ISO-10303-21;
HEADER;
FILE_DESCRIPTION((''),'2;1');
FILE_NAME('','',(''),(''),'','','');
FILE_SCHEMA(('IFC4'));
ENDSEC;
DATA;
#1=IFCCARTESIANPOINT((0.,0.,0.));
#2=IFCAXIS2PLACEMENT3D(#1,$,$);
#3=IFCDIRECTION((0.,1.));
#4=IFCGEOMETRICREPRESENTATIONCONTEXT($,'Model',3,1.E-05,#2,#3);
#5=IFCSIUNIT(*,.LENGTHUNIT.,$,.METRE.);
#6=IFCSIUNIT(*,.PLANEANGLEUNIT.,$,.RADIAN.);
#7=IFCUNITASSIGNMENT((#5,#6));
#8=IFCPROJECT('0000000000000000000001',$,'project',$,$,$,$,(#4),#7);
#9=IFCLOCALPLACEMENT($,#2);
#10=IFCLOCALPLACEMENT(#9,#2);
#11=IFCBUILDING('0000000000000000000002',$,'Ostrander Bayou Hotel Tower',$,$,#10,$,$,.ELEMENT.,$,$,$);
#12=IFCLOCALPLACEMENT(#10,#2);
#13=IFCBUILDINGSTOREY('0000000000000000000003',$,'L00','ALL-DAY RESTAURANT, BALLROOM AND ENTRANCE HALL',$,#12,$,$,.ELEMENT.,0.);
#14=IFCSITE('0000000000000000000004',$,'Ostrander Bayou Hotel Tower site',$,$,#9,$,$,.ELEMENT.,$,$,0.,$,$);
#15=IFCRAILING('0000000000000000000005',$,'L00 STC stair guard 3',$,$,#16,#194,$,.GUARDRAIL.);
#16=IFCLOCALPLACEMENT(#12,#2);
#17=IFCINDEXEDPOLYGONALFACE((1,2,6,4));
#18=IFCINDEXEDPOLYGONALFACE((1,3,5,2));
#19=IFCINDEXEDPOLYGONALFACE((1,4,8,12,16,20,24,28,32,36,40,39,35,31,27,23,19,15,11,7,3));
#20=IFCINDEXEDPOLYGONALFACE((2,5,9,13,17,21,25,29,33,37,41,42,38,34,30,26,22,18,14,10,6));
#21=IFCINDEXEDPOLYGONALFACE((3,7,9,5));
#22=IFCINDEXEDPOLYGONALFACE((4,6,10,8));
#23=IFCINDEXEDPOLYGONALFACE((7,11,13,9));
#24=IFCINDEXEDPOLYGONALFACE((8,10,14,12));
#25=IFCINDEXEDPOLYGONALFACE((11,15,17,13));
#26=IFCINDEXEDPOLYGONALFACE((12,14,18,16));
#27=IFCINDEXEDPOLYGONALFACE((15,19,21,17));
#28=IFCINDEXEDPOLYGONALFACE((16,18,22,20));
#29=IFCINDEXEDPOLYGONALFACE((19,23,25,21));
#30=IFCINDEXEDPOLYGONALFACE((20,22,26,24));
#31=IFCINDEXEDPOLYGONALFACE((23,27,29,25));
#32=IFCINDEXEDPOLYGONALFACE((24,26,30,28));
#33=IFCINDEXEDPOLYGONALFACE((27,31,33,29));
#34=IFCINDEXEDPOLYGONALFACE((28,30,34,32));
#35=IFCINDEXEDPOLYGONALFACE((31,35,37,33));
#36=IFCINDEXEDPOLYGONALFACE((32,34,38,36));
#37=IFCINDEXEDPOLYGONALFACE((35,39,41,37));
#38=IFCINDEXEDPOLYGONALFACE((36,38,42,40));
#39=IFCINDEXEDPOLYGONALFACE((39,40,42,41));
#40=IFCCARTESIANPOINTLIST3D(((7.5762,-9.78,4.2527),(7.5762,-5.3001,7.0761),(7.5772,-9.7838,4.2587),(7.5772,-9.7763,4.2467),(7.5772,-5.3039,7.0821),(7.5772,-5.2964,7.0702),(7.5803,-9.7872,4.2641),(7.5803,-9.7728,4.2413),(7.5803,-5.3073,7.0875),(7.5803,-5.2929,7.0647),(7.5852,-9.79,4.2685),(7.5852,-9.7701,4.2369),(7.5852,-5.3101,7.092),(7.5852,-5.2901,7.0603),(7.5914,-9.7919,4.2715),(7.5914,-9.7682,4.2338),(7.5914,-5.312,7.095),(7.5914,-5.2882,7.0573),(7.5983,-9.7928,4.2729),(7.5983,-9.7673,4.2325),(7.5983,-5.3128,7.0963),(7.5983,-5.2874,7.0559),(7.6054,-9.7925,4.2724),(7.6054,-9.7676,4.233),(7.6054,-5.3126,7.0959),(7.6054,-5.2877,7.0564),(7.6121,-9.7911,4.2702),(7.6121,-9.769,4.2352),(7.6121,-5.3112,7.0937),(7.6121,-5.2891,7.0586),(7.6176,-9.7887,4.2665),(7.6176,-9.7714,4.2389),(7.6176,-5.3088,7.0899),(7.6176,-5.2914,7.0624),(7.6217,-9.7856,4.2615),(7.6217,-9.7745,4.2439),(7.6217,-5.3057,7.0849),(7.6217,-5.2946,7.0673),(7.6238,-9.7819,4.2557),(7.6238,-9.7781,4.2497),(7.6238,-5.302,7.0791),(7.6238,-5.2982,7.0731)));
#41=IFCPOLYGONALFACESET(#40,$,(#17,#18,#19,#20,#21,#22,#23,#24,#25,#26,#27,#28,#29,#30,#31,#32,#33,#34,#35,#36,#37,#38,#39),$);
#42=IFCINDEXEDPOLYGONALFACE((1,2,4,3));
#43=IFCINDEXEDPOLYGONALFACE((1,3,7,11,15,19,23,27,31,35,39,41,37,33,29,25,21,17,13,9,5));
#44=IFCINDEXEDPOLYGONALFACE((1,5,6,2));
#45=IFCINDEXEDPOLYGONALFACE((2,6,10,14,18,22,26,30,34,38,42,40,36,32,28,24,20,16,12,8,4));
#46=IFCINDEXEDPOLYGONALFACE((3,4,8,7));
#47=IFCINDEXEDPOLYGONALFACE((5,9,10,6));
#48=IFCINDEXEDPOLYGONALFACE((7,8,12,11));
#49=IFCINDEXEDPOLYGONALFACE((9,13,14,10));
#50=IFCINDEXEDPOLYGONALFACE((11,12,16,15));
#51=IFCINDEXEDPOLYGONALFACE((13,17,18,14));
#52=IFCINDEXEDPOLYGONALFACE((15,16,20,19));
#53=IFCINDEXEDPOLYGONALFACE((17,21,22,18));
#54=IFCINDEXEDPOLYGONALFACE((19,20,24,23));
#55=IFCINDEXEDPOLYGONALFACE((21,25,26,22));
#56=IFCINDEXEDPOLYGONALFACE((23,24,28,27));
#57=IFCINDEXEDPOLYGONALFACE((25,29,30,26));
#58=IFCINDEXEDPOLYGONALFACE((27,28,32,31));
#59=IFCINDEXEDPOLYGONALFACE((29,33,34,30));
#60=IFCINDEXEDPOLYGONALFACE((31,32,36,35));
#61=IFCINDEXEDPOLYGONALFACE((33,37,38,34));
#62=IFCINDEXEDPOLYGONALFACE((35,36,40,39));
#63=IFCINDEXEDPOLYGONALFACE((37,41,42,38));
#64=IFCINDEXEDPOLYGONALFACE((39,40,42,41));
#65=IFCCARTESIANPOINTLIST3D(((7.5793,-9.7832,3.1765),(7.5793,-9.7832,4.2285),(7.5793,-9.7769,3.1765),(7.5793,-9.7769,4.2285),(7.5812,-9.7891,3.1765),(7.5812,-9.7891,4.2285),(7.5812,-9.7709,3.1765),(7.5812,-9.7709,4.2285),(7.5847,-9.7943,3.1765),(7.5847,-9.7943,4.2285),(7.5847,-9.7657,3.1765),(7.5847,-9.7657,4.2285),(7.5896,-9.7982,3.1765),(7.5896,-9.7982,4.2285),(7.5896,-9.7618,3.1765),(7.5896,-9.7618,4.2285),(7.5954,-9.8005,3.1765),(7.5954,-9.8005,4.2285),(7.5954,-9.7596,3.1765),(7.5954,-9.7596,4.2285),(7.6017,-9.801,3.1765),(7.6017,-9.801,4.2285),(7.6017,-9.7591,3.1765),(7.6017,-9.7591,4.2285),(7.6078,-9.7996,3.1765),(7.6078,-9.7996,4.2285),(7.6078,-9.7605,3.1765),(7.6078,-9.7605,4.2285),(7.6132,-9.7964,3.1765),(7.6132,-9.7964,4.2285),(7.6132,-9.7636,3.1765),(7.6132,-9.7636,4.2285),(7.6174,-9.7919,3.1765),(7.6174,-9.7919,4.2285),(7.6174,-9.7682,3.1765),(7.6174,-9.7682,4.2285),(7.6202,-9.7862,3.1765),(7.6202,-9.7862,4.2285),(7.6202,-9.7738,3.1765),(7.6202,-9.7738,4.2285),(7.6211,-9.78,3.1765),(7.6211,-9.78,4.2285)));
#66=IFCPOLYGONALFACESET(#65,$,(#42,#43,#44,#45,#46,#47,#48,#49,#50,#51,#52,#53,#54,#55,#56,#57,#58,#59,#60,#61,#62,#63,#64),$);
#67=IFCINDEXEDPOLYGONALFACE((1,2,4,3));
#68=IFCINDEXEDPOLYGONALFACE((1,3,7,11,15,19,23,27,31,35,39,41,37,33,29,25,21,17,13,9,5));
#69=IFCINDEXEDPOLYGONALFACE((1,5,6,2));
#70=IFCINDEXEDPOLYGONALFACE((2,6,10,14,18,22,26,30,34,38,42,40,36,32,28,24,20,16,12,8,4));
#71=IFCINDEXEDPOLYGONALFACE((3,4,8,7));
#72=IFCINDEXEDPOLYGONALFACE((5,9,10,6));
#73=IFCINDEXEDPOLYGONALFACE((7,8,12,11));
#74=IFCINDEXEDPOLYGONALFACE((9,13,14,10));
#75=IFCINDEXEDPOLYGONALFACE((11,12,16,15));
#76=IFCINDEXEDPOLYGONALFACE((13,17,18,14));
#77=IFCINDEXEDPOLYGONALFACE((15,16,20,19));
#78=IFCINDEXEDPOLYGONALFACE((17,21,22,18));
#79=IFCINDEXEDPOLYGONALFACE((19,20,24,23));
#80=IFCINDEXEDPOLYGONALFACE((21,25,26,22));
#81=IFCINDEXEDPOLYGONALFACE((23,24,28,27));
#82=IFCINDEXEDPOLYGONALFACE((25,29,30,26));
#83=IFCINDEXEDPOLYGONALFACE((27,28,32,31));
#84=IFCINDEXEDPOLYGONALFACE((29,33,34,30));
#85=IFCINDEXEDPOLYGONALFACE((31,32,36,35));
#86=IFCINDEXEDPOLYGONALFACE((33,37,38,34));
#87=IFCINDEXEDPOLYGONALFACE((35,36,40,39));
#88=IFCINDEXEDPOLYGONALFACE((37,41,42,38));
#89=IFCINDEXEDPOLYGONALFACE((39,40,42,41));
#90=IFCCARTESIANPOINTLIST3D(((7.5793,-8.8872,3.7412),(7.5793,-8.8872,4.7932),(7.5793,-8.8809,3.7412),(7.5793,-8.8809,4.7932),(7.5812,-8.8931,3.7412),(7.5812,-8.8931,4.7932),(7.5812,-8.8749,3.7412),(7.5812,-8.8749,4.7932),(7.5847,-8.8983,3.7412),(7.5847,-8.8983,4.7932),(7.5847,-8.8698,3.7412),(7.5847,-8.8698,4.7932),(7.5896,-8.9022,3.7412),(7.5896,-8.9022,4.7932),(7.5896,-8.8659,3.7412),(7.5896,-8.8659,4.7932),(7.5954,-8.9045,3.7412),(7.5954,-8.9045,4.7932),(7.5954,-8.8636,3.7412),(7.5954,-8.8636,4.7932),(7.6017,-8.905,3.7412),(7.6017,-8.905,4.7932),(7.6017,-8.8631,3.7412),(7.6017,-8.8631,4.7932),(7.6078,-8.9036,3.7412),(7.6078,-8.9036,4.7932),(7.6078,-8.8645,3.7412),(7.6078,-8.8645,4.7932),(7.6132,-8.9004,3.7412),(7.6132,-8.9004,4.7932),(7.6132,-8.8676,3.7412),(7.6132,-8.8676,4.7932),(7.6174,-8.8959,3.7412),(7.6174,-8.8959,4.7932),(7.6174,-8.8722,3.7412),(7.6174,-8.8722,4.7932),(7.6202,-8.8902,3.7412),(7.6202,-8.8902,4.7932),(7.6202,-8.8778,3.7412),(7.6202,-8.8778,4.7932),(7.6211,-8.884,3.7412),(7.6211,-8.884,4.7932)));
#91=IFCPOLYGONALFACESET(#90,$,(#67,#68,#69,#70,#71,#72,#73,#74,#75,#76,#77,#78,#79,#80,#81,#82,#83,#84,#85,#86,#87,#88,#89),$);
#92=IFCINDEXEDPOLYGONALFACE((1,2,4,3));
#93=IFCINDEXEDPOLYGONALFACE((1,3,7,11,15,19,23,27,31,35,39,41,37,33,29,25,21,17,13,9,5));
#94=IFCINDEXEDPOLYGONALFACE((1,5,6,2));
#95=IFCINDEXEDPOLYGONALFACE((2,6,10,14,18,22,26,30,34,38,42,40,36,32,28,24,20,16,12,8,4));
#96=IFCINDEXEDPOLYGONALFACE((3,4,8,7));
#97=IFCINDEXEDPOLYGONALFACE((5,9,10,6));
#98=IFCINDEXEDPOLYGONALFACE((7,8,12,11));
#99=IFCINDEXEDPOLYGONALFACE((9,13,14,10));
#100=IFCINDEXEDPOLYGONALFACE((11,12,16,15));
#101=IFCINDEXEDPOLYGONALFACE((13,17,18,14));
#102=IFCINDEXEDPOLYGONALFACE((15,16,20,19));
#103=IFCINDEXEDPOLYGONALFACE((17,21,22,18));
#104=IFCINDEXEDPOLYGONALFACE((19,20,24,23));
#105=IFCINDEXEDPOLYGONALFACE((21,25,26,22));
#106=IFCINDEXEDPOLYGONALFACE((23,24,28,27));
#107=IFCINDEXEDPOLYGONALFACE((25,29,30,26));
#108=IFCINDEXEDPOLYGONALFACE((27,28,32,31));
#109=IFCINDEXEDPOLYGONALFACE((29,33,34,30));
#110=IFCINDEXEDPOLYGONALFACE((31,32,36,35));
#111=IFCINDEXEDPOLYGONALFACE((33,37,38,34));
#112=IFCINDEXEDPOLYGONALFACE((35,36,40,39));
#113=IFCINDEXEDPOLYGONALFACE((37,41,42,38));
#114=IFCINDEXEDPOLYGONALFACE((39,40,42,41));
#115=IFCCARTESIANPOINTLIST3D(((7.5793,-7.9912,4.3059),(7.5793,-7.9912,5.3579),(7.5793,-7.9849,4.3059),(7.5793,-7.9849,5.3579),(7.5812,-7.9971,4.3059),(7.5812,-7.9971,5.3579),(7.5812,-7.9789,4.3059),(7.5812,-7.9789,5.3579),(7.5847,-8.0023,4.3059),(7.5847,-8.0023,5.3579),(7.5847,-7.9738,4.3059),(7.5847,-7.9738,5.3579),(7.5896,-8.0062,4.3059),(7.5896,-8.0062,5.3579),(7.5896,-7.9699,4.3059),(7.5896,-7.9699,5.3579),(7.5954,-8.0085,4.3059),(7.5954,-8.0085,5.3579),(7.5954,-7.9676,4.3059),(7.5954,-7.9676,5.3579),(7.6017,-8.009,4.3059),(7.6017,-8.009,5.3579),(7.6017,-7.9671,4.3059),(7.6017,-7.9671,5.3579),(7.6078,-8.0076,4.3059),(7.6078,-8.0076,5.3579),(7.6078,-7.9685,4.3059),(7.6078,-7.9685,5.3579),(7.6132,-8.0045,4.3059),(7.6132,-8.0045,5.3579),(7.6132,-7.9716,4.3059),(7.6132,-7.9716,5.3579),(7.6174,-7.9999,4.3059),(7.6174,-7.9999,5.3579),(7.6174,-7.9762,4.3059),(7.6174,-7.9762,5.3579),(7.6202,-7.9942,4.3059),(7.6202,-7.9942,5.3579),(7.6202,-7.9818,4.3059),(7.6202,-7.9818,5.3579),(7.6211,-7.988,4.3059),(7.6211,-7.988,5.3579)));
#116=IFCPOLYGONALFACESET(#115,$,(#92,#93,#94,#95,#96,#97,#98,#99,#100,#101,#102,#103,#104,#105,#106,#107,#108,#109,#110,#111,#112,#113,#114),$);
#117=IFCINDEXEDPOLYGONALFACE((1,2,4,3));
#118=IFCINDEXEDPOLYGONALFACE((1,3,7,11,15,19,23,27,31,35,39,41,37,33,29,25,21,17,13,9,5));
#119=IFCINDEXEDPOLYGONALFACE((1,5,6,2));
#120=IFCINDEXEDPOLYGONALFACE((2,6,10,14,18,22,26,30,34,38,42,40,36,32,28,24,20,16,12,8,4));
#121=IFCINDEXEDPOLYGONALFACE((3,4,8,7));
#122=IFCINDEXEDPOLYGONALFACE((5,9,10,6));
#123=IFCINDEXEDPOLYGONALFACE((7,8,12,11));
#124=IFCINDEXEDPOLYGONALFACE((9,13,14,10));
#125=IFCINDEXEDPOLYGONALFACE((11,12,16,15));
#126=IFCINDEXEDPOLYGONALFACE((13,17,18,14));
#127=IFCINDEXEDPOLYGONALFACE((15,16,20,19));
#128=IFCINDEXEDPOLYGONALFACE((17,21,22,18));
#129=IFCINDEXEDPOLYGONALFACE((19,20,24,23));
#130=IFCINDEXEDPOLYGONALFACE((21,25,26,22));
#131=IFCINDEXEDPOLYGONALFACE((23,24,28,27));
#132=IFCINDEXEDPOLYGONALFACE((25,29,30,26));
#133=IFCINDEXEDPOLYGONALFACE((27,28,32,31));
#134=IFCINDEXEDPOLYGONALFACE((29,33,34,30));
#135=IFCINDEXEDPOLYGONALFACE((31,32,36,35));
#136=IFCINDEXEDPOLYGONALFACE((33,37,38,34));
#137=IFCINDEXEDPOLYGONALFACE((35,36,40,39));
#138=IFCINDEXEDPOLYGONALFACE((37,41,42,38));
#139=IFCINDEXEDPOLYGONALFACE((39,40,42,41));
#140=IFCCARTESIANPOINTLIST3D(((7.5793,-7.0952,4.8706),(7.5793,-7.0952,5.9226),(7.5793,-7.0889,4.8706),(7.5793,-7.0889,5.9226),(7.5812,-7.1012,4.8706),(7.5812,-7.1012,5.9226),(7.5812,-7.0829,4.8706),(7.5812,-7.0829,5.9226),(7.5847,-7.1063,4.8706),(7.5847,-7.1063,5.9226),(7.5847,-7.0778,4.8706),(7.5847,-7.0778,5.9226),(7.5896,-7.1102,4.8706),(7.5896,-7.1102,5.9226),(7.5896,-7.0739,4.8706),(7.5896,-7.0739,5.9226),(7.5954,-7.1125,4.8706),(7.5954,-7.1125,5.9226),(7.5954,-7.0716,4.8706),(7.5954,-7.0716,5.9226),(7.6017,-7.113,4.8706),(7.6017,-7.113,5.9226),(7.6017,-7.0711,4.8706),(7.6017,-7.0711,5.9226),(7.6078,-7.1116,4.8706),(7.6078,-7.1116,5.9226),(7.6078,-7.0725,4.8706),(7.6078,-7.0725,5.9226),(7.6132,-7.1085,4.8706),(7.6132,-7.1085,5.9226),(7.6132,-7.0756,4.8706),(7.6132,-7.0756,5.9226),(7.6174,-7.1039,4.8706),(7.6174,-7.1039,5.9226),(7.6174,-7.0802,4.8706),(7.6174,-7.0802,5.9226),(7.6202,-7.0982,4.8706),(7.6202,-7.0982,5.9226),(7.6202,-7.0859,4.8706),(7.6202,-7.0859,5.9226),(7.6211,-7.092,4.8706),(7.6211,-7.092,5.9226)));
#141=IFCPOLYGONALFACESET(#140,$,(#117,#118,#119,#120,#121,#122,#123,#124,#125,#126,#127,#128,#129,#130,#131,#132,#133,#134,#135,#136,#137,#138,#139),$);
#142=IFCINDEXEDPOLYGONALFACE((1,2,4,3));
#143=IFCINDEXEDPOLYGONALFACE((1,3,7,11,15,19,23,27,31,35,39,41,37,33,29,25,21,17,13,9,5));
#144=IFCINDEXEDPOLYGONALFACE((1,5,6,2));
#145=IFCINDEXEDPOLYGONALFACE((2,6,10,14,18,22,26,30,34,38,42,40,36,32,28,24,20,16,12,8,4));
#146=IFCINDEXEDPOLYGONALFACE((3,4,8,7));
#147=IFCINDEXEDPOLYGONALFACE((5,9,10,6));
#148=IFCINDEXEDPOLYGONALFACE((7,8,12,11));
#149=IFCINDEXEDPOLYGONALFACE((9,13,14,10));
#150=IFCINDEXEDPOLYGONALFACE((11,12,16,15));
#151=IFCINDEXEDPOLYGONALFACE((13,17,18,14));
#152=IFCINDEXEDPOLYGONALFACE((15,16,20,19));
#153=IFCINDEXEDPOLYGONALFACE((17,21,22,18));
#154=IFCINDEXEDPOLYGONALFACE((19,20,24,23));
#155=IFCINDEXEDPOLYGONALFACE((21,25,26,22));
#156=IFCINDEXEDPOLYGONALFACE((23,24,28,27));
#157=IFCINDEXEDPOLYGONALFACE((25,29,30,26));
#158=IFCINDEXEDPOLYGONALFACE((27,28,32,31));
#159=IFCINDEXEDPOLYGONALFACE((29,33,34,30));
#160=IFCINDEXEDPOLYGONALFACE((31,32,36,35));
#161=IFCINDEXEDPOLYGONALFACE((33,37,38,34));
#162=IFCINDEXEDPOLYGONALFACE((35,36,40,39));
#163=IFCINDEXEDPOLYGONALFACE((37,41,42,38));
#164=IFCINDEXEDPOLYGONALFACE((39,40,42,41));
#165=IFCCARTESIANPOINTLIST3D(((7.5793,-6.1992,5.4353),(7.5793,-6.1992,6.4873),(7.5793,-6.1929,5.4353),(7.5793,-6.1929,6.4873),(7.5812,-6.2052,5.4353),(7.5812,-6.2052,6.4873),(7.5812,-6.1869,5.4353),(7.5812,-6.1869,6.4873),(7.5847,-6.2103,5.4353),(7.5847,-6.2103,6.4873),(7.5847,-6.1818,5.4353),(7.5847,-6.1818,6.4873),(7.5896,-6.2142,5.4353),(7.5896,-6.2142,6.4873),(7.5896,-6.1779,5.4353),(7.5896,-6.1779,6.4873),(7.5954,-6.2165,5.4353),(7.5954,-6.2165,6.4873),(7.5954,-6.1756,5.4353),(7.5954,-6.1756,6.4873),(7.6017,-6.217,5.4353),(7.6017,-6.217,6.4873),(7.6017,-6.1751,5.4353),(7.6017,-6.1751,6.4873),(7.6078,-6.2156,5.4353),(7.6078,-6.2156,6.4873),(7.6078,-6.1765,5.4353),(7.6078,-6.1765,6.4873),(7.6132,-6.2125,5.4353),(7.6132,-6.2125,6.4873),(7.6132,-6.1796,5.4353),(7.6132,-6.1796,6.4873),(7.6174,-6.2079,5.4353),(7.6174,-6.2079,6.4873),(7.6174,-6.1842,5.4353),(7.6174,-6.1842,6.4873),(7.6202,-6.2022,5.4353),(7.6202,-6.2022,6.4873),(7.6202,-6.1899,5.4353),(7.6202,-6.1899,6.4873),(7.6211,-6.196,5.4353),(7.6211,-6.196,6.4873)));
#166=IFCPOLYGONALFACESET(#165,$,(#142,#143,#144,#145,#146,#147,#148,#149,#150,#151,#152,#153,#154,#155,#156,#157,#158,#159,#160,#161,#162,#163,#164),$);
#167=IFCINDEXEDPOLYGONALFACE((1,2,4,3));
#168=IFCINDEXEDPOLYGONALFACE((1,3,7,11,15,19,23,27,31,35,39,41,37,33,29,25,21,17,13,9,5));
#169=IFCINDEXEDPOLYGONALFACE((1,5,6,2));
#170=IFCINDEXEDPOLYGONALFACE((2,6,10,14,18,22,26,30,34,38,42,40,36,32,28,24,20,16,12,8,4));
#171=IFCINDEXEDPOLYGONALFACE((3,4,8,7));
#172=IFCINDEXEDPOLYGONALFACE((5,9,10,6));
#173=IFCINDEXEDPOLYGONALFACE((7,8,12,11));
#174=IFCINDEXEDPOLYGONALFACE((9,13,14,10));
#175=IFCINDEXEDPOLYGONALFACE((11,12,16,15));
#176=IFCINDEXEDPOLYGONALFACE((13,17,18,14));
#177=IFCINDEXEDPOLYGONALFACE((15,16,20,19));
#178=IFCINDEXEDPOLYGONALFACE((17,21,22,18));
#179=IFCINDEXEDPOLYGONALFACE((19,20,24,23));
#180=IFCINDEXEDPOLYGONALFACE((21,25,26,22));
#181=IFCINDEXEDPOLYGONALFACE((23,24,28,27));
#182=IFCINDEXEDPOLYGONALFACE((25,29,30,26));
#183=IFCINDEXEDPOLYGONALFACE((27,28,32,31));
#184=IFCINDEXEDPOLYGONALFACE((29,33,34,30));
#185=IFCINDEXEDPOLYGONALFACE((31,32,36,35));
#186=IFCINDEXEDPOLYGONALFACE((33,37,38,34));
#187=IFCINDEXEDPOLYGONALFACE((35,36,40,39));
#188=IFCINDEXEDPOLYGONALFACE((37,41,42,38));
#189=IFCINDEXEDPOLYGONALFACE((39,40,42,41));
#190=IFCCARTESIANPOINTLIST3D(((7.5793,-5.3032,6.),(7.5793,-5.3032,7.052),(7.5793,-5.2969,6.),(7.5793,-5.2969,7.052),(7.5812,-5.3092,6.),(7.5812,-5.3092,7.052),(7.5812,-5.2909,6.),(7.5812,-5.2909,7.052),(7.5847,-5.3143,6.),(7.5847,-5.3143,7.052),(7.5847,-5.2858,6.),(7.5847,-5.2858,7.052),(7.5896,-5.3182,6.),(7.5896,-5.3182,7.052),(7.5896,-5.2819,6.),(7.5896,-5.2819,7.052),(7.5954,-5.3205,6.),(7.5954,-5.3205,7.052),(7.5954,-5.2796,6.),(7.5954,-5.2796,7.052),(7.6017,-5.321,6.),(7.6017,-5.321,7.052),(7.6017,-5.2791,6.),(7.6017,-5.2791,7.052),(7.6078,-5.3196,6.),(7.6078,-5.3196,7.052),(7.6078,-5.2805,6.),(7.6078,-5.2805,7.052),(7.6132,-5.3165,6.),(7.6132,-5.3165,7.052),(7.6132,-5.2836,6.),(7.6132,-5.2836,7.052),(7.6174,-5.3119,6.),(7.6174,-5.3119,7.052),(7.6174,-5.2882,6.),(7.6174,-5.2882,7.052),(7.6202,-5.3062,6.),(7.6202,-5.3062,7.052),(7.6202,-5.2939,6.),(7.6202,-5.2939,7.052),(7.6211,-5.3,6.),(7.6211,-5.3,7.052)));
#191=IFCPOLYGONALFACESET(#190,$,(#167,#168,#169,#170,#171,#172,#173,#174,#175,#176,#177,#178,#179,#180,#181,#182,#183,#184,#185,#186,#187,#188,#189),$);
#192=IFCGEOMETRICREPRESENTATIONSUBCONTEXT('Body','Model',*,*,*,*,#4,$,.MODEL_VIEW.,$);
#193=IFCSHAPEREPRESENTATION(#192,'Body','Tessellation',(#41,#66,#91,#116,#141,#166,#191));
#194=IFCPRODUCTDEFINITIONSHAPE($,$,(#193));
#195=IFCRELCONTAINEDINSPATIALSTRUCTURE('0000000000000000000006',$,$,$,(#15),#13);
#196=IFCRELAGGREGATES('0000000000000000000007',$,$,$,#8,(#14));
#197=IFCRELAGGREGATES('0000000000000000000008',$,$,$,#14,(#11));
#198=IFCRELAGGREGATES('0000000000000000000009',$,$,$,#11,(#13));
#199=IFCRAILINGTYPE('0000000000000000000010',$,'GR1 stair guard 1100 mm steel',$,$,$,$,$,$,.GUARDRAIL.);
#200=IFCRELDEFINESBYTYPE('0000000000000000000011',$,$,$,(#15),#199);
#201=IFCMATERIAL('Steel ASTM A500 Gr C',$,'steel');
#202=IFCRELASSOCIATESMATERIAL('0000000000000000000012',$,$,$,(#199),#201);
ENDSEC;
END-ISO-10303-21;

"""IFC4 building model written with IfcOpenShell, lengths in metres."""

from ifc_helpers import new_model, si_unit, direction, frame, origin, origin_2d, place, context, subcontext, project, spatial, circle, extrude, material, type_object, element, save


model = new_model("IFC4")

# Units and contexts
model_context = context("Model", 3, precision=1e-05, world=origin(), true_north=direction((0.0, 1.0)))
body_context = subcontext(model_context, "Body", "Model", "MODEL_VIEW")
ifc_project = project(units=[si_unit("LENGTHUNIT", "METRE"), si_unit("PLANEANGLEUNIT", "RADIAN")], contexts=[model_context])

# Site, building, storey
site_placement = place(None, origin())
site = spatial("IfcSite", under=ifc_project, at=site_placement, Name="Ostrander Bayou Hotel Tower site", CompositionType="ELEMENT", RefElevation=0.0)
building_placement = place(site_placement, origin())
building = spatial("IfcBuilding", under=site, at=building_placement, Name="Ostrander Bayou Hotel Tower", CompositionType="ELEMENT")
storey_placement = place(building_placement, origin())
storey = spatial("IfcBuildingStorey", under=building, at=storey_placement, Name="L00", Description="ALL-DAY RESTAURANT, BALLROOM AND ENTRANCE HALL", CompositionType="ELEMENT", Elevation=0.0)

# Railing
ifc_material_1 = material(Name="Steel ASTM A500 Gr C", Category="steel")
railing_type_1 = type_object("IfcRailingType", Name="GR1 stair guard 1100 mm steel", PredefinedType="GUARDRAIL", material=ifc_material_1)
railing_1_placement = place(storey_placement, frame((7.6001, -9.78, 3.1765)))
element("IfcRailing", 1, at=railing_1_placement, inside=storey, type_object=railing_type_1, Name="L00 STC stair guard 3", PredefinedType="GUARDRAIL", context=body_context, shape_type="SweptSolid", body=[
    extrude(circle(Radius=0.0239, at=origin_2d()), frame((0.0, 0.0, 1.0762), z_axis=(0.0, 0.845998, 0.533186), x_axis=(-1.0, 0.0, 0.0)), (0.0, 0.0, 1.0), 5.2954),
    extrude(circle(Radius=0.021, at=origin_2d()), origin(), (0.0, 0.0, 1.0), 1.052),
    extrude(circle(Radius=0.021, at=origin_2d()), frame((0.0, 0.896, 0.5647)), (0.0, 0.0, 1.0), 1.052),
    extrude(circle(Radius=0.021, at=origin_2d()), frame((0.0, 1.792, 1.1294)), (0.0, 0.0, 1.0), 1.052),
    extrude(circle(Radius=0.021, at=origin_2d()), frame((0.0, 2.688, 1.6941)), (0.0, 0.0, 1.0), 1.052),
    extrude(circle(Radius=0.021, at=origin_2d()), frame((0.0, 3.584, 2.2588)), (0.0, 0.0, 1.0), 1.052),
    extrude(circle(Radius=0.021, at=origin_2d()), frame((0.0, 4.48, 2.8235)), (0.0, 0.0, 1.0), 1.052),
])

save(model, "model.ifc")
